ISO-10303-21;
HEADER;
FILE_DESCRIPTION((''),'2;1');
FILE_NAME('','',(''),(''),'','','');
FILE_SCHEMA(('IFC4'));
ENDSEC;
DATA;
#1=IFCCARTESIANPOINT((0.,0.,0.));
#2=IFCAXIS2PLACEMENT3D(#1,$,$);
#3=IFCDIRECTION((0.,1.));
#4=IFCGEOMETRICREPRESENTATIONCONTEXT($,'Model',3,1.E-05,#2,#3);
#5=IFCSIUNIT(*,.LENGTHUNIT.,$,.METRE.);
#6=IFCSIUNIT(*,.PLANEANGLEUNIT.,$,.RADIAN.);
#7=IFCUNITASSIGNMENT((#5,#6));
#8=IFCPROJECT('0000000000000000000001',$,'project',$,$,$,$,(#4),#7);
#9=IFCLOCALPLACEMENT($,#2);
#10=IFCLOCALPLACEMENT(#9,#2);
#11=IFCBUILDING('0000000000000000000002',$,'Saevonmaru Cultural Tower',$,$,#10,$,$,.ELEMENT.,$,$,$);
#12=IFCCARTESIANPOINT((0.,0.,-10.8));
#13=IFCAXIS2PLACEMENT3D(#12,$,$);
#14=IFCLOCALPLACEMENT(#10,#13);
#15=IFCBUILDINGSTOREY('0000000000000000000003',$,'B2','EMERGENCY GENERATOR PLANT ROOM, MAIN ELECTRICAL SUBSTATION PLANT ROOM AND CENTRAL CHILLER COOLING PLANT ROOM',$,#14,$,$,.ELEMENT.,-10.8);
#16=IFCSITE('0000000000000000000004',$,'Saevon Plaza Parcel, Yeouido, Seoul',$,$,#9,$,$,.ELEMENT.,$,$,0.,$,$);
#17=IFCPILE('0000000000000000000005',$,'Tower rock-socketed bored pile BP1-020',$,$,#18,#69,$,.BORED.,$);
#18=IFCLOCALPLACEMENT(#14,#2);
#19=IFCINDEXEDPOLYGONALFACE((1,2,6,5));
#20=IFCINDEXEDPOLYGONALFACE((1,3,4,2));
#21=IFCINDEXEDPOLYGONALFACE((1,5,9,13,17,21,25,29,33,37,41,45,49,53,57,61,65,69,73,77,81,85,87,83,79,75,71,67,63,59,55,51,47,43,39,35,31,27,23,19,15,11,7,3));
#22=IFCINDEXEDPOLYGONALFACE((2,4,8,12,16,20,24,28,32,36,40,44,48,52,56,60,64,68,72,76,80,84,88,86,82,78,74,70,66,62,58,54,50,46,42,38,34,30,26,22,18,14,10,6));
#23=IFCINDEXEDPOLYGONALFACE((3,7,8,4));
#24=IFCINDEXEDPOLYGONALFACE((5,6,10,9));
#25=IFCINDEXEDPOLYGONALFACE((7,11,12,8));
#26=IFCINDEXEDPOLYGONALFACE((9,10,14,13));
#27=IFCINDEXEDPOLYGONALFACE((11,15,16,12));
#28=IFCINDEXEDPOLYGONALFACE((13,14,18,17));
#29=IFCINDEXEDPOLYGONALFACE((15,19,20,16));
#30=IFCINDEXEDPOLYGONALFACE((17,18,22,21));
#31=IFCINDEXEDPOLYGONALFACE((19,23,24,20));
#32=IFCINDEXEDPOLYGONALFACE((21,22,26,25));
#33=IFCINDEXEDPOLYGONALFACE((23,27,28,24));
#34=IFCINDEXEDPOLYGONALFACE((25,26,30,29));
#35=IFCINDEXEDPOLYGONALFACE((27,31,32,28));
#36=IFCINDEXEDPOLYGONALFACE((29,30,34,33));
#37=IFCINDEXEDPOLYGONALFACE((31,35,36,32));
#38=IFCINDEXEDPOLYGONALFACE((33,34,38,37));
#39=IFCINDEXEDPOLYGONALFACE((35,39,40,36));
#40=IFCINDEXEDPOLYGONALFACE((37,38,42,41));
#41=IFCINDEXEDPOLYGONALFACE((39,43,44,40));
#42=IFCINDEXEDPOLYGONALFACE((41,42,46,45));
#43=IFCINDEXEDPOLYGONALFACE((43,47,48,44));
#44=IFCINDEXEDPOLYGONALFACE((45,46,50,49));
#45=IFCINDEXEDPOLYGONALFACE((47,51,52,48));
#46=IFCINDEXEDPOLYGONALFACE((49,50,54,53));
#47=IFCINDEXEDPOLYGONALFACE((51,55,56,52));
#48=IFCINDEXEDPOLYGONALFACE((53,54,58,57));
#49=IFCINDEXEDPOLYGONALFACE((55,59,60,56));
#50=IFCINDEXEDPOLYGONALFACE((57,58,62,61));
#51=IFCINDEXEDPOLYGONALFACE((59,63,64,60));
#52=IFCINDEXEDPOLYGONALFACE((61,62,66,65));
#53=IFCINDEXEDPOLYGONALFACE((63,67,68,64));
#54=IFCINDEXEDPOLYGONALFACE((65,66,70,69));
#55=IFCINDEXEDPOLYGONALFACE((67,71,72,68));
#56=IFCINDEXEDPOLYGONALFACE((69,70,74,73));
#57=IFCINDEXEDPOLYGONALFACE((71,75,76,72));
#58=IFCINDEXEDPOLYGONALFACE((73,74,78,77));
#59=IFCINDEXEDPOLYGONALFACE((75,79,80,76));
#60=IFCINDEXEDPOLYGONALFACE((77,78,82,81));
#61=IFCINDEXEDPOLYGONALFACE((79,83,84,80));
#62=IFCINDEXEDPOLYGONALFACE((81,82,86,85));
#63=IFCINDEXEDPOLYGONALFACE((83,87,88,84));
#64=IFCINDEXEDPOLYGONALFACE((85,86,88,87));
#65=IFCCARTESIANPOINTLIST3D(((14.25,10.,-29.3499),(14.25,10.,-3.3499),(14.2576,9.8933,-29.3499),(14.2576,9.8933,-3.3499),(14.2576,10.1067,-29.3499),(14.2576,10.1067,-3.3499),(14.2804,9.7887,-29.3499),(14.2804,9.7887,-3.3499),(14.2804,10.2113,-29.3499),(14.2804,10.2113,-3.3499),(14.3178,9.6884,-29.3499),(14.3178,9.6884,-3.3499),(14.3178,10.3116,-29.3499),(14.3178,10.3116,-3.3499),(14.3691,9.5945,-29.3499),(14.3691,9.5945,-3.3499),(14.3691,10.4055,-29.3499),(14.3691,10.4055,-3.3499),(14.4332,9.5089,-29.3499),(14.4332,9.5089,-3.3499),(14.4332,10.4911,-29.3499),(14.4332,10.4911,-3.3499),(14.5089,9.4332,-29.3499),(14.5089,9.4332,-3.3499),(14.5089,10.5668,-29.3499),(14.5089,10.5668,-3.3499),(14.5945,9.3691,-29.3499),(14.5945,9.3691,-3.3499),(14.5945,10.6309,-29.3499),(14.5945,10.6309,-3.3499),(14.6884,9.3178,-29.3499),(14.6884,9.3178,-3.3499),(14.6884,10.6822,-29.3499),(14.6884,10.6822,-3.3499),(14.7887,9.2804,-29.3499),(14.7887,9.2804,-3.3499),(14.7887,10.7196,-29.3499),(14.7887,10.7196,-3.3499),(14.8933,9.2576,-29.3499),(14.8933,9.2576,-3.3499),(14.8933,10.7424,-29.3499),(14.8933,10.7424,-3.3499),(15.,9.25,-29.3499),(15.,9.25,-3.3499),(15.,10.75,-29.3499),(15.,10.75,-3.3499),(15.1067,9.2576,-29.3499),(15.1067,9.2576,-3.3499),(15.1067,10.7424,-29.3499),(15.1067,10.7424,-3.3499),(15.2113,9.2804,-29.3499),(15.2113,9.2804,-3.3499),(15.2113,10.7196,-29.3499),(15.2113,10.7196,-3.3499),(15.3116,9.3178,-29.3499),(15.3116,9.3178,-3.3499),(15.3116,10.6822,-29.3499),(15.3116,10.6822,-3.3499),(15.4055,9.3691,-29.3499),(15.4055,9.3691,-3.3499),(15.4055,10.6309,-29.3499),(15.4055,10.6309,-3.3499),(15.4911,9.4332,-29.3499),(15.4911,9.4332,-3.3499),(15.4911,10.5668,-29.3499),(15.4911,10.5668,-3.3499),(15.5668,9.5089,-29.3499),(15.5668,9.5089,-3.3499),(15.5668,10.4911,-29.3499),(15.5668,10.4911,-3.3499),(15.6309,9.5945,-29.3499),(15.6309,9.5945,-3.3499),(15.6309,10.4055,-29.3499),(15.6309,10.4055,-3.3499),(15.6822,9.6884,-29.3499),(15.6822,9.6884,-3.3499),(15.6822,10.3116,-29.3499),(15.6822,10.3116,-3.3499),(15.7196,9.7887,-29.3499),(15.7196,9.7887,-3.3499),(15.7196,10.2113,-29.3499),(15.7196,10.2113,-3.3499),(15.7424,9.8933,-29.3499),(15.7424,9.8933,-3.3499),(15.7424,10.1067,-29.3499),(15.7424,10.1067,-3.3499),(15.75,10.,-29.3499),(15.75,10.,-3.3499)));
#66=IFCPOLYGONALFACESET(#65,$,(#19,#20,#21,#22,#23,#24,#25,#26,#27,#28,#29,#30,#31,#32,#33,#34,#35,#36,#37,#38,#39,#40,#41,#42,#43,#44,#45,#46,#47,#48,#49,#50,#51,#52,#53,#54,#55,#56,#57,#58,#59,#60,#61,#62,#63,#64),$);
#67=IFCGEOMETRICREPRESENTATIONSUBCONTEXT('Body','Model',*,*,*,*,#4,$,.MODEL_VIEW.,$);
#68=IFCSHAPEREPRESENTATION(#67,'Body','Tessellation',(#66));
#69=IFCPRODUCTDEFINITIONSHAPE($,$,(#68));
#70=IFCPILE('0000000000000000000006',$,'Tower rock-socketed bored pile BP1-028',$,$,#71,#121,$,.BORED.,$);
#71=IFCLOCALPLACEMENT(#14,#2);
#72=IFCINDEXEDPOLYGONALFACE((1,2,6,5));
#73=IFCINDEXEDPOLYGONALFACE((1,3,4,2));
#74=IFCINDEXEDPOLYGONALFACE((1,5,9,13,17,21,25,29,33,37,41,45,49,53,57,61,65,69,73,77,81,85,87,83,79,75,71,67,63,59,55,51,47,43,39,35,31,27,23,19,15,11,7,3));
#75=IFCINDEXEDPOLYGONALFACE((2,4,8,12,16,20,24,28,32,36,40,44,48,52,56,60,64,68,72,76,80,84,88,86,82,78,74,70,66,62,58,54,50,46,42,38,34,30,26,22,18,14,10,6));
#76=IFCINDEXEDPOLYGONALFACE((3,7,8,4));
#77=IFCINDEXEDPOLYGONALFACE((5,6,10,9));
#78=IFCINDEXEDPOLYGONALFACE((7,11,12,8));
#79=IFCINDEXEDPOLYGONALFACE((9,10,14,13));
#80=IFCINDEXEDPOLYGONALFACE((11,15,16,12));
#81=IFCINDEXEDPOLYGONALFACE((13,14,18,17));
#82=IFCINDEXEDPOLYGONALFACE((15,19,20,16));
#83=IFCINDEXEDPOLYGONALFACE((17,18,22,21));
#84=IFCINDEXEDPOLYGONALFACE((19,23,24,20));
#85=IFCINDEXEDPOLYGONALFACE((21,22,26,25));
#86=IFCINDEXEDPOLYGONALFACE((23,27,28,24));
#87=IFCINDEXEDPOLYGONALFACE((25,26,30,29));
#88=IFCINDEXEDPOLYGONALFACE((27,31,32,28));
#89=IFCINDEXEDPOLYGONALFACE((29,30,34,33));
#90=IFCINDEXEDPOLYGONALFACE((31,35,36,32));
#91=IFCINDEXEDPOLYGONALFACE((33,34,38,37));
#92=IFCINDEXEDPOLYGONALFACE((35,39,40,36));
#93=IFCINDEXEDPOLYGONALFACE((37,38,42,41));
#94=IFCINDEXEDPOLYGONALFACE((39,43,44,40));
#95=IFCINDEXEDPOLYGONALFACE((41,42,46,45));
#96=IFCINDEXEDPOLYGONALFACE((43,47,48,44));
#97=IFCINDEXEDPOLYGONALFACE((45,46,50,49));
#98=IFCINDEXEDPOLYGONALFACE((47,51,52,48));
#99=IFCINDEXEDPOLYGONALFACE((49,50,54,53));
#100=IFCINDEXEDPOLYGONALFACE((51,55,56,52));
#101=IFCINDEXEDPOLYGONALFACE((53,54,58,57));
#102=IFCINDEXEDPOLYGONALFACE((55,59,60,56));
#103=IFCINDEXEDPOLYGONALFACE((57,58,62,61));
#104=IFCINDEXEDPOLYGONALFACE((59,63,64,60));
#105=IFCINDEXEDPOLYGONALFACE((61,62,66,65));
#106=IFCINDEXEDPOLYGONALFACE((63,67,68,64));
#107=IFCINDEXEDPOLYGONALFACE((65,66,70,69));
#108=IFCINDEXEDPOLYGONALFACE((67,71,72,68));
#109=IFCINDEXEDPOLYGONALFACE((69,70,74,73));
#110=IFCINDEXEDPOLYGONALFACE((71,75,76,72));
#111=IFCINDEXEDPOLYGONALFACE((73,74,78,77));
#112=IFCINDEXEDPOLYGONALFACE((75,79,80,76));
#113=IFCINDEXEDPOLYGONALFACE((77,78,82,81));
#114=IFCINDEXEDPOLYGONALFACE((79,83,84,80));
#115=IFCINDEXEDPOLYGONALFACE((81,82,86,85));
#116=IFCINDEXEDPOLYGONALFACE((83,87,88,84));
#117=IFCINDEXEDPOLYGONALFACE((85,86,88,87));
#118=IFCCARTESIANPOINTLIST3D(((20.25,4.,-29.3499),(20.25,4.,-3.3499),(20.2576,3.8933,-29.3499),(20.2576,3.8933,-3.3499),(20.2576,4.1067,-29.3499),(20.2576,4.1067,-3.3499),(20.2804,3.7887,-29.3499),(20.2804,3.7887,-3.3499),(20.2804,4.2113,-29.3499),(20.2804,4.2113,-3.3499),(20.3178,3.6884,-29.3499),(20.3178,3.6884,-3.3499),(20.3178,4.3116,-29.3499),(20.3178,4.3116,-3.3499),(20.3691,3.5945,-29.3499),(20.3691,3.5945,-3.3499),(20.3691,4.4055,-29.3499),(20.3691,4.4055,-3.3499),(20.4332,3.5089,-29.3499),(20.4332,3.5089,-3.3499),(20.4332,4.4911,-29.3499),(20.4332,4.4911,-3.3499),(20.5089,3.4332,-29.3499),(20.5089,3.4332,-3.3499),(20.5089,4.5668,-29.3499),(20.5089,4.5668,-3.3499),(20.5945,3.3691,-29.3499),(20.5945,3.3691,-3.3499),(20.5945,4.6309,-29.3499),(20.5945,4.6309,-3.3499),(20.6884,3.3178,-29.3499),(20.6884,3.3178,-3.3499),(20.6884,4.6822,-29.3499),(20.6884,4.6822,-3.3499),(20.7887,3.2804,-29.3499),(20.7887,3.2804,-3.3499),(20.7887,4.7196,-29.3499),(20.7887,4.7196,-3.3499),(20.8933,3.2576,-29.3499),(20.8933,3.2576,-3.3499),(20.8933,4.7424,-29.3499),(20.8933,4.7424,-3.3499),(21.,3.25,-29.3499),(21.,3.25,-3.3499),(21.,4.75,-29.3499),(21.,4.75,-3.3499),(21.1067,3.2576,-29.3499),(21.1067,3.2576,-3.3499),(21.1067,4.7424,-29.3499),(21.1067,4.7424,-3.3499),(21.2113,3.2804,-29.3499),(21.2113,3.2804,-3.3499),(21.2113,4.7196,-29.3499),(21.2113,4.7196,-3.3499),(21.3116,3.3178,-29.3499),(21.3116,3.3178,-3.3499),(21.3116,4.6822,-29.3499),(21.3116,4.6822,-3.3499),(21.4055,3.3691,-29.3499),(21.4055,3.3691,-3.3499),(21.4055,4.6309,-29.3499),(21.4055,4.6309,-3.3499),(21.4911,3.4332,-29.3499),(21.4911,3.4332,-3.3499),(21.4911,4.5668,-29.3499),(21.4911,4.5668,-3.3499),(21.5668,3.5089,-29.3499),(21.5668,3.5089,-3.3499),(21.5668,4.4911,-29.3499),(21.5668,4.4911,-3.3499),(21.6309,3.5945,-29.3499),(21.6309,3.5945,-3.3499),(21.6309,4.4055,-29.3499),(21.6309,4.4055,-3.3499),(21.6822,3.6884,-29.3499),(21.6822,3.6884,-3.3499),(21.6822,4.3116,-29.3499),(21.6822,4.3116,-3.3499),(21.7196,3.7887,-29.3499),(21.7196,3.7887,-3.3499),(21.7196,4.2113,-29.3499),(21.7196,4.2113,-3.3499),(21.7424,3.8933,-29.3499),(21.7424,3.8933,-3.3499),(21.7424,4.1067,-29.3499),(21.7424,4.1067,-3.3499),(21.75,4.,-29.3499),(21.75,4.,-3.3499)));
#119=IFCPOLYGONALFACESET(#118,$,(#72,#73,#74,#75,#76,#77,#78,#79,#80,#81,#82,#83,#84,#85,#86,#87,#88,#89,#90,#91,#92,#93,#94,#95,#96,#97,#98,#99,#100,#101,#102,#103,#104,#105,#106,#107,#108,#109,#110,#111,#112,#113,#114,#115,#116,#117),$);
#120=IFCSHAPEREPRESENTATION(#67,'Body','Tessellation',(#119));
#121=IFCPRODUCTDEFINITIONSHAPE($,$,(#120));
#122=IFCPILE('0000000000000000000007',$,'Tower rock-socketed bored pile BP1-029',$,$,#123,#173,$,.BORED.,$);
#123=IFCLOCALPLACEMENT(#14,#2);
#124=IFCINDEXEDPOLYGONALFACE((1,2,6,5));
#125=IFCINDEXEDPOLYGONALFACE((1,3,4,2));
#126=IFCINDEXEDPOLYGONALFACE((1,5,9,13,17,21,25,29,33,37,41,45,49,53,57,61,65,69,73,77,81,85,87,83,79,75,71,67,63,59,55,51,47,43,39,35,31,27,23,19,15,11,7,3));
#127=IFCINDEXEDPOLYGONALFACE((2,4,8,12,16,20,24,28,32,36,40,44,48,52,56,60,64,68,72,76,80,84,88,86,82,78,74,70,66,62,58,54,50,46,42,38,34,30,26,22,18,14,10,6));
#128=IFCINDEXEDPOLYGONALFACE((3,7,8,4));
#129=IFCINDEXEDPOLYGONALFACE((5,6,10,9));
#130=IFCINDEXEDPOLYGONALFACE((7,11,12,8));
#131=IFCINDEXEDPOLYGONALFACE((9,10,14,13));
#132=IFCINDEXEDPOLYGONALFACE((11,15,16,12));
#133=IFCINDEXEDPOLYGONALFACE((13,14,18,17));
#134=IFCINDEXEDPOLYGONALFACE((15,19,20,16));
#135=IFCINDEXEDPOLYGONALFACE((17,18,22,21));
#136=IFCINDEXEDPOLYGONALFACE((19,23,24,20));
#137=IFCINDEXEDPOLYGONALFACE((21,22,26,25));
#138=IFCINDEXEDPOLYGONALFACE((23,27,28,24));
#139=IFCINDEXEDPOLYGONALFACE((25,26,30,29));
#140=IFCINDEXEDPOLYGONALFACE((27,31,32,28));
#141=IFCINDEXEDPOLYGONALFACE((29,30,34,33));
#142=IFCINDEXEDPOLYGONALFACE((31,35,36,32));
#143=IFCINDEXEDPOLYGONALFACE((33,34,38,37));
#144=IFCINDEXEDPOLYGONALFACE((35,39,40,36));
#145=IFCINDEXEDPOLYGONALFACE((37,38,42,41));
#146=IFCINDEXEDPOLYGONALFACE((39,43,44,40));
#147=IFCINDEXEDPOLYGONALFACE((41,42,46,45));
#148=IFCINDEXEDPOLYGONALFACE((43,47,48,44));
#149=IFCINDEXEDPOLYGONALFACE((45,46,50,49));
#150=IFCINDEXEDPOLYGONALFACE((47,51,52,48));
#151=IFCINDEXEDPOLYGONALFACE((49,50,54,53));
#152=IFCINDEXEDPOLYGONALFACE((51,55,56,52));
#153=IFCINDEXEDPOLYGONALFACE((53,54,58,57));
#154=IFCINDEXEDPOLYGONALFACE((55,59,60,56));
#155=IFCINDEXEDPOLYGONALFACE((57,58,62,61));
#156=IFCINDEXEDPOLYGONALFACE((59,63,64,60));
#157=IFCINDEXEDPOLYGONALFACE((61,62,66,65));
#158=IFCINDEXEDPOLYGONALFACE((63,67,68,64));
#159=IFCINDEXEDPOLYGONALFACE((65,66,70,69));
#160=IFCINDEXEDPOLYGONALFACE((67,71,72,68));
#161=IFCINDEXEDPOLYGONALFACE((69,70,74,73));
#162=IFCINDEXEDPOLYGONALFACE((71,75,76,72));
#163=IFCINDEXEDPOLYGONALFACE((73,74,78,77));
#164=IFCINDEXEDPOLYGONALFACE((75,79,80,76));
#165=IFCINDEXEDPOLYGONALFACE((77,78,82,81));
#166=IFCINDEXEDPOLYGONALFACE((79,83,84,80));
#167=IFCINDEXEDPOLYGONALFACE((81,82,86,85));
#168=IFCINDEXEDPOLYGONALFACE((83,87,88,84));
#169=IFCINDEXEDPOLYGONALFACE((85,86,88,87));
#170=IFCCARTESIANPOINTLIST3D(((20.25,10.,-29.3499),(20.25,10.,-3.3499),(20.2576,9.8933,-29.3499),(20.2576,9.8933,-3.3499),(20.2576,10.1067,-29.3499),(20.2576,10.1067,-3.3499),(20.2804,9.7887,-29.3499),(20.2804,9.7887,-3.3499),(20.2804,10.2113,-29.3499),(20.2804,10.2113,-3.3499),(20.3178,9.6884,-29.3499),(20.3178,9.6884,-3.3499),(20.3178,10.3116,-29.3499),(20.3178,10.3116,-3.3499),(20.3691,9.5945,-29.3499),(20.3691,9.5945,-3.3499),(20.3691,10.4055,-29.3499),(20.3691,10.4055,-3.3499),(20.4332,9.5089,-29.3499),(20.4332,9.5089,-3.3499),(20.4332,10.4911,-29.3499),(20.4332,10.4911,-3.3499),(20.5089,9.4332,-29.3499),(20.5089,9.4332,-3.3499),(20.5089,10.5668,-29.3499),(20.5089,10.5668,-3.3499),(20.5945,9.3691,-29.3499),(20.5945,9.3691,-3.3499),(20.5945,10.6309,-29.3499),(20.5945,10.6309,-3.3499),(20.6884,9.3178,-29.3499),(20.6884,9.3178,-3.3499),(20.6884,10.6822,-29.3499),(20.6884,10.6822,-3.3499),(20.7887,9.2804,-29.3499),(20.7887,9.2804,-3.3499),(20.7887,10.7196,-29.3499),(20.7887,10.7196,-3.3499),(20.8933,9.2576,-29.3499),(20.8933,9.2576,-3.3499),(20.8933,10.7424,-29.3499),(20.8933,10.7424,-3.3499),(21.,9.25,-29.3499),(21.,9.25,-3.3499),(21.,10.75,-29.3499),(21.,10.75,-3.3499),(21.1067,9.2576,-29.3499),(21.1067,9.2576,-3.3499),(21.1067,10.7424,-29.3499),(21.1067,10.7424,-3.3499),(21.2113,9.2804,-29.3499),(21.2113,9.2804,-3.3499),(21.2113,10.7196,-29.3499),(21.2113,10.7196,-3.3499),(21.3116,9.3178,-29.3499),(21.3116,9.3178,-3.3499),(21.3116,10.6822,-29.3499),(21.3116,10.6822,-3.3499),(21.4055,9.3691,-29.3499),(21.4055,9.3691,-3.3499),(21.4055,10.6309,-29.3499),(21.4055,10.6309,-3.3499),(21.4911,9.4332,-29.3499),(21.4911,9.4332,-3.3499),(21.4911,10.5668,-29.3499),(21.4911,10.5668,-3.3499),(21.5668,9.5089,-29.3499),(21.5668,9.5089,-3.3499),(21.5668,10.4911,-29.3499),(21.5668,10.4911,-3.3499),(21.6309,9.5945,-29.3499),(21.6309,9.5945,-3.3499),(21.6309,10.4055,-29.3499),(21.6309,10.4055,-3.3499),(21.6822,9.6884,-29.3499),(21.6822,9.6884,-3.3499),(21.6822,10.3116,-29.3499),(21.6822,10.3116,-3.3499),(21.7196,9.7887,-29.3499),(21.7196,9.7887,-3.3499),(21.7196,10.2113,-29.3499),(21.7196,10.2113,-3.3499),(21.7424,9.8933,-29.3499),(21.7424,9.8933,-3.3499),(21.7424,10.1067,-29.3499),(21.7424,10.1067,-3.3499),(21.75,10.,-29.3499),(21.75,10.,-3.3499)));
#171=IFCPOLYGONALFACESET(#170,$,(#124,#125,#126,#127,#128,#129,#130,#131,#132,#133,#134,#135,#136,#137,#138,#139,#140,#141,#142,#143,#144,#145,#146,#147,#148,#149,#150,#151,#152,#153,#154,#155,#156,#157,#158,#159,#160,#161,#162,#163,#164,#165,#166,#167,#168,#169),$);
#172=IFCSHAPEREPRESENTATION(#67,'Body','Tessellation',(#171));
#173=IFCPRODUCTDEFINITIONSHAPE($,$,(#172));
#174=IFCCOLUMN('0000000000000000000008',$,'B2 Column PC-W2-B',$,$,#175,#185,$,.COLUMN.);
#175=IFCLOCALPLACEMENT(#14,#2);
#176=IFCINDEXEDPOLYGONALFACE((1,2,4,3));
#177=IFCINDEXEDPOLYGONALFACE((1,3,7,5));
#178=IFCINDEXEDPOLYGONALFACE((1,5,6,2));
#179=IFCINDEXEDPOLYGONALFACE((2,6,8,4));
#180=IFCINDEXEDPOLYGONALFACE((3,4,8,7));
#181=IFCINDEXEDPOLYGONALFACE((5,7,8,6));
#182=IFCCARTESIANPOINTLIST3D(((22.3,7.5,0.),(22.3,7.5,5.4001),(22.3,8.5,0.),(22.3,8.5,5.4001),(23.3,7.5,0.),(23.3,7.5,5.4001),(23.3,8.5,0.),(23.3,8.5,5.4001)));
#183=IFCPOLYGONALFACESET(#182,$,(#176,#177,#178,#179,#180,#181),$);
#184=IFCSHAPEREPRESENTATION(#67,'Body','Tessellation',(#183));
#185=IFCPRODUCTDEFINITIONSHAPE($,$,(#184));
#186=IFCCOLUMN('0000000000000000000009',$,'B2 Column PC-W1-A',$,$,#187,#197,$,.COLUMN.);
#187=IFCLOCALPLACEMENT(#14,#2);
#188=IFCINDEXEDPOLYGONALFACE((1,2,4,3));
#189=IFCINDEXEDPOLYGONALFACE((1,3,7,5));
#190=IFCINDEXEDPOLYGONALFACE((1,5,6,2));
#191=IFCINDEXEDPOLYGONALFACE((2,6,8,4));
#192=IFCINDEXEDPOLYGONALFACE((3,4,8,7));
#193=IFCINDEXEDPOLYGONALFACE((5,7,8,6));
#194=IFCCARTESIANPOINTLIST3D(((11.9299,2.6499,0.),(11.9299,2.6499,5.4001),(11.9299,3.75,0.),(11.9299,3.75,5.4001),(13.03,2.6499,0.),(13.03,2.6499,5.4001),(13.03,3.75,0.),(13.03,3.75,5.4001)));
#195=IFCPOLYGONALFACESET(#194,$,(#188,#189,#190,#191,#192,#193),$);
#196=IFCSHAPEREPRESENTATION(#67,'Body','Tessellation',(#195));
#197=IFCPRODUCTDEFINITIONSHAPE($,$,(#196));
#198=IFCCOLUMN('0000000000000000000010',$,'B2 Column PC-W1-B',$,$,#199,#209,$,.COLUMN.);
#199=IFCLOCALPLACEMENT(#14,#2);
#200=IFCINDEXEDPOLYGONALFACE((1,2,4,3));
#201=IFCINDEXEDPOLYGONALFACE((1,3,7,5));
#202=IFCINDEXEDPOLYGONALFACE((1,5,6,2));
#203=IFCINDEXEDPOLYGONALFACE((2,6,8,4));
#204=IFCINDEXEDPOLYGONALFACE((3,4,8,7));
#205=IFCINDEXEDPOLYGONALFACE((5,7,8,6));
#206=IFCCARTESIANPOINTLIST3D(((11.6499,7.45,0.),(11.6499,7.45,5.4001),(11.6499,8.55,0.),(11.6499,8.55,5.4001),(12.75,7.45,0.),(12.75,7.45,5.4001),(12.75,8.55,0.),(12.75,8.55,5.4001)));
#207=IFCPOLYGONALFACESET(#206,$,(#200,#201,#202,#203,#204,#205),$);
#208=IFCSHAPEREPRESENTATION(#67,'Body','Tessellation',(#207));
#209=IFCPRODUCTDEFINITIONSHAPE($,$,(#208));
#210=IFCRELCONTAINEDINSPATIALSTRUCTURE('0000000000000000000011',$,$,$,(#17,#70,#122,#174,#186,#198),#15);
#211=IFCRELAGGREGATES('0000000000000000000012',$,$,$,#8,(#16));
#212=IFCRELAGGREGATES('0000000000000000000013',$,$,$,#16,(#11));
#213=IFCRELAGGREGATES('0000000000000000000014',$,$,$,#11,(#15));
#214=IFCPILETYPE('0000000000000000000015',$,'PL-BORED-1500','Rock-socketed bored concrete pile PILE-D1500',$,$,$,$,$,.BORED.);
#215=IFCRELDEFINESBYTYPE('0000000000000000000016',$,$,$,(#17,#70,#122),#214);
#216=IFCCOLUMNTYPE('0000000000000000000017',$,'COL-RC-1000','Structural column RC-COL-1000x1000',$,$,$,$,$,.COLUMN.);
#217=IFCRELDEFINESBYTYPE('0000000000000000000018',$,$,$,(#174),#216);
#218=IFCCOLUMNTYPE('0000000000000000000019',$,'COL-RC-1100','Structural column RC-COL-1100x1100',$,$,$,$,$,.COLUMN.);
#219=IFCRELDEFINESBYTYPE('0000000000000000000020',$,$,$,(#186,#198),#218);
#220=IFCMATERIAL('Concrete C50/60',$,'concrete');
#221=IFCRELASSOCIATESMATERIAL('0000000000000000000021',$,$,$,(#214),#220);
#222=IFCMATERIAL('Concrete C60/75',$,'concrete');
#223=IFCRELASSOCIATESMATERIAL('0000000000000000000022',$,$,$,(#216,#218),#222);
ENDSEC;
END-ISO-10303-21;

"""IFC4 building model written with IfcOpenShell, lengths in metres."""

from ifc_helpers import new_model, si_unit, direction, frame, origin, origin_2d, place, context, subcontext, project, spatial, rectangle, circle, extrude, material, material_profile, profile_set, type_object, element, save


model = new_model("IFC4")

# Units and contexts
model_context = context("Model", 3, precision=1e-05, world=origin(), true_north=direction((0.0, 1.0)))
body_context = subcontext(model_context, "Body", "Model", "MODEL_VIEW")
ifc_project = project(units=[si_unit("LENGTHUNIT", "METRE"), si_unit("PLANEANGLEUNIT", "RADIAN")], contexts=[model_context])

# Site, building, storey
site_placement = place(None, origin())
site = spatial("IfcSite", under=ifc_project, at=site_placement, Name="Saevon Plaza Parcel, Yeouido, Seoul", CompositionType="ELEMENT", RefElevation=0.0)
building_placement = place(site_placement, origin())
building = spatial("IfcBuilding", under=site, at=building_placement, Name="Saevonmaru Cultural Tower", CompositionType="ELEMENT")
storey_placement = place(building_placement, frame((0.0, 0.0, -10.8)))
storey = spatial("IfcBuildingStorey", under=building, at=storey_placement, Name="B2", Description="EMERGENCY GENERATOR PLANT ROOM, MAIN ELECTRICAL SUBSTATION PLANT ROOM AND CENTRAL CHILLER COOLING PLANT ROOM", CompositionType="ELEMENT", Elevation=-10.8)

# Piles
ifc_material_1 = material(Name="Concrete C50/60", Category="concrete")
ifc_material_profile_1 = material_profile(ifc_material_1, circle(Radius=0.75, at=origin_2d()), Name="PILE-D1500")
ifc_profile_set_1 = profile_set([ifc_material_profile_1], Name="Concrete C50/60")
pile_type = type_object("IfcPileType", Name="PL-BORED-1500", Description="Rock-socketed bored concrete pile PILE-D1500", PredefinedType="BORED", material=ifc_profile_set_1)
for number, where, z_axis, x_axis, name in (
    (1, (15.0, 10.0, -3.3499), (0.0, 0.0, -1.0), (1.0, 0.0, 0.0), "Tower rock-socketed bored pile BP1-020"),
    (2, (21.0, 4.0, -3.3499), (0.0, 0.0, -1.0), (1.0, 0.0, 0.0), "Tower rock-socketed bored pile BP1-028"),
    (3, (21.0, 10.0, -3.3499), (0.0, 0.0, -1.0), (1.0, 0.0, 0.0), "Tower rock-socketed bored pile BP1-029"),
):
    element("IfcPile", number, at=place(storey_placement, frame(where, z_axis=z_axis, x_axis=x_axis)), inside=storey, type_object=pile_type, Name=name, PredefinedType="BORED", context=body_context, shape_type="SweptSolid", body=[
        extrude(circle(Radius=0.75, at=origin_2d()), origin(), (0.0, 0.0, 1.0), 26.0),
    ])

# Columns
ifc_material_2 = material(Name="Concrete C60/75", Category="concrete")
ifc_material_profile_2 = material_profile(ifc_material_2, rectangle(XDim=1.0, YDim=1.0, at=origin_2d()), Name="RC-COL-1000x1000")
ifc_profile_set_2 = profile_set([ifc_material_profile_2], Name="Concrete C60/75")
column_type_1 = type_object("IfcColumnType", Name="COL-RC-1000", Description="Structural column RC-COL-1000x1000", PredefinedType="COLUMN", material=ifc_profile_set_2)
column_placement = place(storey_placement, frame((22.8, 8.0, 0.0), z_axis=(0.0, 0.0, 1.0), x_axis=(1.0, 0.0, 0.0)))
element("IfcColumn", 4, at=column_placement, inside=storey, type_object=column_type_1, Name="B2 Column PC-W2-B", PredefinedType="COLUMN", context=body_context, shape_type="SweptSolid", body=[
    extrude(rectangle(XDim=1.0, YDim=1.0, at=origin_2d()), origin(), (0.0, 0.0, 1.0), 5.4001),
])
ifc_material_profile_3 = material_profile(ifc_material_2, rectangle(XDim=1.1001, YDim=1.1001, at=origin_2d()), Name="RC-COL-1100x1100")
ifc_profile_set_3 = profile_set([ifc_material_profile_3], Name="Concrete C60/75")
column_type_2 = type_object("IfcColumnType", Name="COL-RC-1100", Description="Structural column RC-COL-1100x1100", PredefinedType="COLUMN", material=ifc_profile_set_3)
for number, where, z_axis, x_axis, name in (
    (5, (12.48, 3.2, 0.0), (0.0, 0.0, 1.0), (1.0, 0.0, 0.0), "B2 Column PC-W1-A"),
    (6, (12.2, 8.0, 0.0), (0.0, 0.0, 1.0), (1.0, 0.0, 0.0), "B2 Column PC-W1-B"),
):
    element("IfcColumn", number, at=place(storey_placement, frame(where, z_axis=z_axis, x_axis=x_axis)), inside=storey, type_object=column_type_2, Name=name, PredefinedType="COLUMN", context=body_context, shape_type="SweptSolid", body=[
        extrude(rectangle(XDim=1.1001, YDim=1.1001, at=origin_2d()), origin(), (0.0, 0.0, 1.0), 5.4001),
    ])

save(model, "model.ifc")
